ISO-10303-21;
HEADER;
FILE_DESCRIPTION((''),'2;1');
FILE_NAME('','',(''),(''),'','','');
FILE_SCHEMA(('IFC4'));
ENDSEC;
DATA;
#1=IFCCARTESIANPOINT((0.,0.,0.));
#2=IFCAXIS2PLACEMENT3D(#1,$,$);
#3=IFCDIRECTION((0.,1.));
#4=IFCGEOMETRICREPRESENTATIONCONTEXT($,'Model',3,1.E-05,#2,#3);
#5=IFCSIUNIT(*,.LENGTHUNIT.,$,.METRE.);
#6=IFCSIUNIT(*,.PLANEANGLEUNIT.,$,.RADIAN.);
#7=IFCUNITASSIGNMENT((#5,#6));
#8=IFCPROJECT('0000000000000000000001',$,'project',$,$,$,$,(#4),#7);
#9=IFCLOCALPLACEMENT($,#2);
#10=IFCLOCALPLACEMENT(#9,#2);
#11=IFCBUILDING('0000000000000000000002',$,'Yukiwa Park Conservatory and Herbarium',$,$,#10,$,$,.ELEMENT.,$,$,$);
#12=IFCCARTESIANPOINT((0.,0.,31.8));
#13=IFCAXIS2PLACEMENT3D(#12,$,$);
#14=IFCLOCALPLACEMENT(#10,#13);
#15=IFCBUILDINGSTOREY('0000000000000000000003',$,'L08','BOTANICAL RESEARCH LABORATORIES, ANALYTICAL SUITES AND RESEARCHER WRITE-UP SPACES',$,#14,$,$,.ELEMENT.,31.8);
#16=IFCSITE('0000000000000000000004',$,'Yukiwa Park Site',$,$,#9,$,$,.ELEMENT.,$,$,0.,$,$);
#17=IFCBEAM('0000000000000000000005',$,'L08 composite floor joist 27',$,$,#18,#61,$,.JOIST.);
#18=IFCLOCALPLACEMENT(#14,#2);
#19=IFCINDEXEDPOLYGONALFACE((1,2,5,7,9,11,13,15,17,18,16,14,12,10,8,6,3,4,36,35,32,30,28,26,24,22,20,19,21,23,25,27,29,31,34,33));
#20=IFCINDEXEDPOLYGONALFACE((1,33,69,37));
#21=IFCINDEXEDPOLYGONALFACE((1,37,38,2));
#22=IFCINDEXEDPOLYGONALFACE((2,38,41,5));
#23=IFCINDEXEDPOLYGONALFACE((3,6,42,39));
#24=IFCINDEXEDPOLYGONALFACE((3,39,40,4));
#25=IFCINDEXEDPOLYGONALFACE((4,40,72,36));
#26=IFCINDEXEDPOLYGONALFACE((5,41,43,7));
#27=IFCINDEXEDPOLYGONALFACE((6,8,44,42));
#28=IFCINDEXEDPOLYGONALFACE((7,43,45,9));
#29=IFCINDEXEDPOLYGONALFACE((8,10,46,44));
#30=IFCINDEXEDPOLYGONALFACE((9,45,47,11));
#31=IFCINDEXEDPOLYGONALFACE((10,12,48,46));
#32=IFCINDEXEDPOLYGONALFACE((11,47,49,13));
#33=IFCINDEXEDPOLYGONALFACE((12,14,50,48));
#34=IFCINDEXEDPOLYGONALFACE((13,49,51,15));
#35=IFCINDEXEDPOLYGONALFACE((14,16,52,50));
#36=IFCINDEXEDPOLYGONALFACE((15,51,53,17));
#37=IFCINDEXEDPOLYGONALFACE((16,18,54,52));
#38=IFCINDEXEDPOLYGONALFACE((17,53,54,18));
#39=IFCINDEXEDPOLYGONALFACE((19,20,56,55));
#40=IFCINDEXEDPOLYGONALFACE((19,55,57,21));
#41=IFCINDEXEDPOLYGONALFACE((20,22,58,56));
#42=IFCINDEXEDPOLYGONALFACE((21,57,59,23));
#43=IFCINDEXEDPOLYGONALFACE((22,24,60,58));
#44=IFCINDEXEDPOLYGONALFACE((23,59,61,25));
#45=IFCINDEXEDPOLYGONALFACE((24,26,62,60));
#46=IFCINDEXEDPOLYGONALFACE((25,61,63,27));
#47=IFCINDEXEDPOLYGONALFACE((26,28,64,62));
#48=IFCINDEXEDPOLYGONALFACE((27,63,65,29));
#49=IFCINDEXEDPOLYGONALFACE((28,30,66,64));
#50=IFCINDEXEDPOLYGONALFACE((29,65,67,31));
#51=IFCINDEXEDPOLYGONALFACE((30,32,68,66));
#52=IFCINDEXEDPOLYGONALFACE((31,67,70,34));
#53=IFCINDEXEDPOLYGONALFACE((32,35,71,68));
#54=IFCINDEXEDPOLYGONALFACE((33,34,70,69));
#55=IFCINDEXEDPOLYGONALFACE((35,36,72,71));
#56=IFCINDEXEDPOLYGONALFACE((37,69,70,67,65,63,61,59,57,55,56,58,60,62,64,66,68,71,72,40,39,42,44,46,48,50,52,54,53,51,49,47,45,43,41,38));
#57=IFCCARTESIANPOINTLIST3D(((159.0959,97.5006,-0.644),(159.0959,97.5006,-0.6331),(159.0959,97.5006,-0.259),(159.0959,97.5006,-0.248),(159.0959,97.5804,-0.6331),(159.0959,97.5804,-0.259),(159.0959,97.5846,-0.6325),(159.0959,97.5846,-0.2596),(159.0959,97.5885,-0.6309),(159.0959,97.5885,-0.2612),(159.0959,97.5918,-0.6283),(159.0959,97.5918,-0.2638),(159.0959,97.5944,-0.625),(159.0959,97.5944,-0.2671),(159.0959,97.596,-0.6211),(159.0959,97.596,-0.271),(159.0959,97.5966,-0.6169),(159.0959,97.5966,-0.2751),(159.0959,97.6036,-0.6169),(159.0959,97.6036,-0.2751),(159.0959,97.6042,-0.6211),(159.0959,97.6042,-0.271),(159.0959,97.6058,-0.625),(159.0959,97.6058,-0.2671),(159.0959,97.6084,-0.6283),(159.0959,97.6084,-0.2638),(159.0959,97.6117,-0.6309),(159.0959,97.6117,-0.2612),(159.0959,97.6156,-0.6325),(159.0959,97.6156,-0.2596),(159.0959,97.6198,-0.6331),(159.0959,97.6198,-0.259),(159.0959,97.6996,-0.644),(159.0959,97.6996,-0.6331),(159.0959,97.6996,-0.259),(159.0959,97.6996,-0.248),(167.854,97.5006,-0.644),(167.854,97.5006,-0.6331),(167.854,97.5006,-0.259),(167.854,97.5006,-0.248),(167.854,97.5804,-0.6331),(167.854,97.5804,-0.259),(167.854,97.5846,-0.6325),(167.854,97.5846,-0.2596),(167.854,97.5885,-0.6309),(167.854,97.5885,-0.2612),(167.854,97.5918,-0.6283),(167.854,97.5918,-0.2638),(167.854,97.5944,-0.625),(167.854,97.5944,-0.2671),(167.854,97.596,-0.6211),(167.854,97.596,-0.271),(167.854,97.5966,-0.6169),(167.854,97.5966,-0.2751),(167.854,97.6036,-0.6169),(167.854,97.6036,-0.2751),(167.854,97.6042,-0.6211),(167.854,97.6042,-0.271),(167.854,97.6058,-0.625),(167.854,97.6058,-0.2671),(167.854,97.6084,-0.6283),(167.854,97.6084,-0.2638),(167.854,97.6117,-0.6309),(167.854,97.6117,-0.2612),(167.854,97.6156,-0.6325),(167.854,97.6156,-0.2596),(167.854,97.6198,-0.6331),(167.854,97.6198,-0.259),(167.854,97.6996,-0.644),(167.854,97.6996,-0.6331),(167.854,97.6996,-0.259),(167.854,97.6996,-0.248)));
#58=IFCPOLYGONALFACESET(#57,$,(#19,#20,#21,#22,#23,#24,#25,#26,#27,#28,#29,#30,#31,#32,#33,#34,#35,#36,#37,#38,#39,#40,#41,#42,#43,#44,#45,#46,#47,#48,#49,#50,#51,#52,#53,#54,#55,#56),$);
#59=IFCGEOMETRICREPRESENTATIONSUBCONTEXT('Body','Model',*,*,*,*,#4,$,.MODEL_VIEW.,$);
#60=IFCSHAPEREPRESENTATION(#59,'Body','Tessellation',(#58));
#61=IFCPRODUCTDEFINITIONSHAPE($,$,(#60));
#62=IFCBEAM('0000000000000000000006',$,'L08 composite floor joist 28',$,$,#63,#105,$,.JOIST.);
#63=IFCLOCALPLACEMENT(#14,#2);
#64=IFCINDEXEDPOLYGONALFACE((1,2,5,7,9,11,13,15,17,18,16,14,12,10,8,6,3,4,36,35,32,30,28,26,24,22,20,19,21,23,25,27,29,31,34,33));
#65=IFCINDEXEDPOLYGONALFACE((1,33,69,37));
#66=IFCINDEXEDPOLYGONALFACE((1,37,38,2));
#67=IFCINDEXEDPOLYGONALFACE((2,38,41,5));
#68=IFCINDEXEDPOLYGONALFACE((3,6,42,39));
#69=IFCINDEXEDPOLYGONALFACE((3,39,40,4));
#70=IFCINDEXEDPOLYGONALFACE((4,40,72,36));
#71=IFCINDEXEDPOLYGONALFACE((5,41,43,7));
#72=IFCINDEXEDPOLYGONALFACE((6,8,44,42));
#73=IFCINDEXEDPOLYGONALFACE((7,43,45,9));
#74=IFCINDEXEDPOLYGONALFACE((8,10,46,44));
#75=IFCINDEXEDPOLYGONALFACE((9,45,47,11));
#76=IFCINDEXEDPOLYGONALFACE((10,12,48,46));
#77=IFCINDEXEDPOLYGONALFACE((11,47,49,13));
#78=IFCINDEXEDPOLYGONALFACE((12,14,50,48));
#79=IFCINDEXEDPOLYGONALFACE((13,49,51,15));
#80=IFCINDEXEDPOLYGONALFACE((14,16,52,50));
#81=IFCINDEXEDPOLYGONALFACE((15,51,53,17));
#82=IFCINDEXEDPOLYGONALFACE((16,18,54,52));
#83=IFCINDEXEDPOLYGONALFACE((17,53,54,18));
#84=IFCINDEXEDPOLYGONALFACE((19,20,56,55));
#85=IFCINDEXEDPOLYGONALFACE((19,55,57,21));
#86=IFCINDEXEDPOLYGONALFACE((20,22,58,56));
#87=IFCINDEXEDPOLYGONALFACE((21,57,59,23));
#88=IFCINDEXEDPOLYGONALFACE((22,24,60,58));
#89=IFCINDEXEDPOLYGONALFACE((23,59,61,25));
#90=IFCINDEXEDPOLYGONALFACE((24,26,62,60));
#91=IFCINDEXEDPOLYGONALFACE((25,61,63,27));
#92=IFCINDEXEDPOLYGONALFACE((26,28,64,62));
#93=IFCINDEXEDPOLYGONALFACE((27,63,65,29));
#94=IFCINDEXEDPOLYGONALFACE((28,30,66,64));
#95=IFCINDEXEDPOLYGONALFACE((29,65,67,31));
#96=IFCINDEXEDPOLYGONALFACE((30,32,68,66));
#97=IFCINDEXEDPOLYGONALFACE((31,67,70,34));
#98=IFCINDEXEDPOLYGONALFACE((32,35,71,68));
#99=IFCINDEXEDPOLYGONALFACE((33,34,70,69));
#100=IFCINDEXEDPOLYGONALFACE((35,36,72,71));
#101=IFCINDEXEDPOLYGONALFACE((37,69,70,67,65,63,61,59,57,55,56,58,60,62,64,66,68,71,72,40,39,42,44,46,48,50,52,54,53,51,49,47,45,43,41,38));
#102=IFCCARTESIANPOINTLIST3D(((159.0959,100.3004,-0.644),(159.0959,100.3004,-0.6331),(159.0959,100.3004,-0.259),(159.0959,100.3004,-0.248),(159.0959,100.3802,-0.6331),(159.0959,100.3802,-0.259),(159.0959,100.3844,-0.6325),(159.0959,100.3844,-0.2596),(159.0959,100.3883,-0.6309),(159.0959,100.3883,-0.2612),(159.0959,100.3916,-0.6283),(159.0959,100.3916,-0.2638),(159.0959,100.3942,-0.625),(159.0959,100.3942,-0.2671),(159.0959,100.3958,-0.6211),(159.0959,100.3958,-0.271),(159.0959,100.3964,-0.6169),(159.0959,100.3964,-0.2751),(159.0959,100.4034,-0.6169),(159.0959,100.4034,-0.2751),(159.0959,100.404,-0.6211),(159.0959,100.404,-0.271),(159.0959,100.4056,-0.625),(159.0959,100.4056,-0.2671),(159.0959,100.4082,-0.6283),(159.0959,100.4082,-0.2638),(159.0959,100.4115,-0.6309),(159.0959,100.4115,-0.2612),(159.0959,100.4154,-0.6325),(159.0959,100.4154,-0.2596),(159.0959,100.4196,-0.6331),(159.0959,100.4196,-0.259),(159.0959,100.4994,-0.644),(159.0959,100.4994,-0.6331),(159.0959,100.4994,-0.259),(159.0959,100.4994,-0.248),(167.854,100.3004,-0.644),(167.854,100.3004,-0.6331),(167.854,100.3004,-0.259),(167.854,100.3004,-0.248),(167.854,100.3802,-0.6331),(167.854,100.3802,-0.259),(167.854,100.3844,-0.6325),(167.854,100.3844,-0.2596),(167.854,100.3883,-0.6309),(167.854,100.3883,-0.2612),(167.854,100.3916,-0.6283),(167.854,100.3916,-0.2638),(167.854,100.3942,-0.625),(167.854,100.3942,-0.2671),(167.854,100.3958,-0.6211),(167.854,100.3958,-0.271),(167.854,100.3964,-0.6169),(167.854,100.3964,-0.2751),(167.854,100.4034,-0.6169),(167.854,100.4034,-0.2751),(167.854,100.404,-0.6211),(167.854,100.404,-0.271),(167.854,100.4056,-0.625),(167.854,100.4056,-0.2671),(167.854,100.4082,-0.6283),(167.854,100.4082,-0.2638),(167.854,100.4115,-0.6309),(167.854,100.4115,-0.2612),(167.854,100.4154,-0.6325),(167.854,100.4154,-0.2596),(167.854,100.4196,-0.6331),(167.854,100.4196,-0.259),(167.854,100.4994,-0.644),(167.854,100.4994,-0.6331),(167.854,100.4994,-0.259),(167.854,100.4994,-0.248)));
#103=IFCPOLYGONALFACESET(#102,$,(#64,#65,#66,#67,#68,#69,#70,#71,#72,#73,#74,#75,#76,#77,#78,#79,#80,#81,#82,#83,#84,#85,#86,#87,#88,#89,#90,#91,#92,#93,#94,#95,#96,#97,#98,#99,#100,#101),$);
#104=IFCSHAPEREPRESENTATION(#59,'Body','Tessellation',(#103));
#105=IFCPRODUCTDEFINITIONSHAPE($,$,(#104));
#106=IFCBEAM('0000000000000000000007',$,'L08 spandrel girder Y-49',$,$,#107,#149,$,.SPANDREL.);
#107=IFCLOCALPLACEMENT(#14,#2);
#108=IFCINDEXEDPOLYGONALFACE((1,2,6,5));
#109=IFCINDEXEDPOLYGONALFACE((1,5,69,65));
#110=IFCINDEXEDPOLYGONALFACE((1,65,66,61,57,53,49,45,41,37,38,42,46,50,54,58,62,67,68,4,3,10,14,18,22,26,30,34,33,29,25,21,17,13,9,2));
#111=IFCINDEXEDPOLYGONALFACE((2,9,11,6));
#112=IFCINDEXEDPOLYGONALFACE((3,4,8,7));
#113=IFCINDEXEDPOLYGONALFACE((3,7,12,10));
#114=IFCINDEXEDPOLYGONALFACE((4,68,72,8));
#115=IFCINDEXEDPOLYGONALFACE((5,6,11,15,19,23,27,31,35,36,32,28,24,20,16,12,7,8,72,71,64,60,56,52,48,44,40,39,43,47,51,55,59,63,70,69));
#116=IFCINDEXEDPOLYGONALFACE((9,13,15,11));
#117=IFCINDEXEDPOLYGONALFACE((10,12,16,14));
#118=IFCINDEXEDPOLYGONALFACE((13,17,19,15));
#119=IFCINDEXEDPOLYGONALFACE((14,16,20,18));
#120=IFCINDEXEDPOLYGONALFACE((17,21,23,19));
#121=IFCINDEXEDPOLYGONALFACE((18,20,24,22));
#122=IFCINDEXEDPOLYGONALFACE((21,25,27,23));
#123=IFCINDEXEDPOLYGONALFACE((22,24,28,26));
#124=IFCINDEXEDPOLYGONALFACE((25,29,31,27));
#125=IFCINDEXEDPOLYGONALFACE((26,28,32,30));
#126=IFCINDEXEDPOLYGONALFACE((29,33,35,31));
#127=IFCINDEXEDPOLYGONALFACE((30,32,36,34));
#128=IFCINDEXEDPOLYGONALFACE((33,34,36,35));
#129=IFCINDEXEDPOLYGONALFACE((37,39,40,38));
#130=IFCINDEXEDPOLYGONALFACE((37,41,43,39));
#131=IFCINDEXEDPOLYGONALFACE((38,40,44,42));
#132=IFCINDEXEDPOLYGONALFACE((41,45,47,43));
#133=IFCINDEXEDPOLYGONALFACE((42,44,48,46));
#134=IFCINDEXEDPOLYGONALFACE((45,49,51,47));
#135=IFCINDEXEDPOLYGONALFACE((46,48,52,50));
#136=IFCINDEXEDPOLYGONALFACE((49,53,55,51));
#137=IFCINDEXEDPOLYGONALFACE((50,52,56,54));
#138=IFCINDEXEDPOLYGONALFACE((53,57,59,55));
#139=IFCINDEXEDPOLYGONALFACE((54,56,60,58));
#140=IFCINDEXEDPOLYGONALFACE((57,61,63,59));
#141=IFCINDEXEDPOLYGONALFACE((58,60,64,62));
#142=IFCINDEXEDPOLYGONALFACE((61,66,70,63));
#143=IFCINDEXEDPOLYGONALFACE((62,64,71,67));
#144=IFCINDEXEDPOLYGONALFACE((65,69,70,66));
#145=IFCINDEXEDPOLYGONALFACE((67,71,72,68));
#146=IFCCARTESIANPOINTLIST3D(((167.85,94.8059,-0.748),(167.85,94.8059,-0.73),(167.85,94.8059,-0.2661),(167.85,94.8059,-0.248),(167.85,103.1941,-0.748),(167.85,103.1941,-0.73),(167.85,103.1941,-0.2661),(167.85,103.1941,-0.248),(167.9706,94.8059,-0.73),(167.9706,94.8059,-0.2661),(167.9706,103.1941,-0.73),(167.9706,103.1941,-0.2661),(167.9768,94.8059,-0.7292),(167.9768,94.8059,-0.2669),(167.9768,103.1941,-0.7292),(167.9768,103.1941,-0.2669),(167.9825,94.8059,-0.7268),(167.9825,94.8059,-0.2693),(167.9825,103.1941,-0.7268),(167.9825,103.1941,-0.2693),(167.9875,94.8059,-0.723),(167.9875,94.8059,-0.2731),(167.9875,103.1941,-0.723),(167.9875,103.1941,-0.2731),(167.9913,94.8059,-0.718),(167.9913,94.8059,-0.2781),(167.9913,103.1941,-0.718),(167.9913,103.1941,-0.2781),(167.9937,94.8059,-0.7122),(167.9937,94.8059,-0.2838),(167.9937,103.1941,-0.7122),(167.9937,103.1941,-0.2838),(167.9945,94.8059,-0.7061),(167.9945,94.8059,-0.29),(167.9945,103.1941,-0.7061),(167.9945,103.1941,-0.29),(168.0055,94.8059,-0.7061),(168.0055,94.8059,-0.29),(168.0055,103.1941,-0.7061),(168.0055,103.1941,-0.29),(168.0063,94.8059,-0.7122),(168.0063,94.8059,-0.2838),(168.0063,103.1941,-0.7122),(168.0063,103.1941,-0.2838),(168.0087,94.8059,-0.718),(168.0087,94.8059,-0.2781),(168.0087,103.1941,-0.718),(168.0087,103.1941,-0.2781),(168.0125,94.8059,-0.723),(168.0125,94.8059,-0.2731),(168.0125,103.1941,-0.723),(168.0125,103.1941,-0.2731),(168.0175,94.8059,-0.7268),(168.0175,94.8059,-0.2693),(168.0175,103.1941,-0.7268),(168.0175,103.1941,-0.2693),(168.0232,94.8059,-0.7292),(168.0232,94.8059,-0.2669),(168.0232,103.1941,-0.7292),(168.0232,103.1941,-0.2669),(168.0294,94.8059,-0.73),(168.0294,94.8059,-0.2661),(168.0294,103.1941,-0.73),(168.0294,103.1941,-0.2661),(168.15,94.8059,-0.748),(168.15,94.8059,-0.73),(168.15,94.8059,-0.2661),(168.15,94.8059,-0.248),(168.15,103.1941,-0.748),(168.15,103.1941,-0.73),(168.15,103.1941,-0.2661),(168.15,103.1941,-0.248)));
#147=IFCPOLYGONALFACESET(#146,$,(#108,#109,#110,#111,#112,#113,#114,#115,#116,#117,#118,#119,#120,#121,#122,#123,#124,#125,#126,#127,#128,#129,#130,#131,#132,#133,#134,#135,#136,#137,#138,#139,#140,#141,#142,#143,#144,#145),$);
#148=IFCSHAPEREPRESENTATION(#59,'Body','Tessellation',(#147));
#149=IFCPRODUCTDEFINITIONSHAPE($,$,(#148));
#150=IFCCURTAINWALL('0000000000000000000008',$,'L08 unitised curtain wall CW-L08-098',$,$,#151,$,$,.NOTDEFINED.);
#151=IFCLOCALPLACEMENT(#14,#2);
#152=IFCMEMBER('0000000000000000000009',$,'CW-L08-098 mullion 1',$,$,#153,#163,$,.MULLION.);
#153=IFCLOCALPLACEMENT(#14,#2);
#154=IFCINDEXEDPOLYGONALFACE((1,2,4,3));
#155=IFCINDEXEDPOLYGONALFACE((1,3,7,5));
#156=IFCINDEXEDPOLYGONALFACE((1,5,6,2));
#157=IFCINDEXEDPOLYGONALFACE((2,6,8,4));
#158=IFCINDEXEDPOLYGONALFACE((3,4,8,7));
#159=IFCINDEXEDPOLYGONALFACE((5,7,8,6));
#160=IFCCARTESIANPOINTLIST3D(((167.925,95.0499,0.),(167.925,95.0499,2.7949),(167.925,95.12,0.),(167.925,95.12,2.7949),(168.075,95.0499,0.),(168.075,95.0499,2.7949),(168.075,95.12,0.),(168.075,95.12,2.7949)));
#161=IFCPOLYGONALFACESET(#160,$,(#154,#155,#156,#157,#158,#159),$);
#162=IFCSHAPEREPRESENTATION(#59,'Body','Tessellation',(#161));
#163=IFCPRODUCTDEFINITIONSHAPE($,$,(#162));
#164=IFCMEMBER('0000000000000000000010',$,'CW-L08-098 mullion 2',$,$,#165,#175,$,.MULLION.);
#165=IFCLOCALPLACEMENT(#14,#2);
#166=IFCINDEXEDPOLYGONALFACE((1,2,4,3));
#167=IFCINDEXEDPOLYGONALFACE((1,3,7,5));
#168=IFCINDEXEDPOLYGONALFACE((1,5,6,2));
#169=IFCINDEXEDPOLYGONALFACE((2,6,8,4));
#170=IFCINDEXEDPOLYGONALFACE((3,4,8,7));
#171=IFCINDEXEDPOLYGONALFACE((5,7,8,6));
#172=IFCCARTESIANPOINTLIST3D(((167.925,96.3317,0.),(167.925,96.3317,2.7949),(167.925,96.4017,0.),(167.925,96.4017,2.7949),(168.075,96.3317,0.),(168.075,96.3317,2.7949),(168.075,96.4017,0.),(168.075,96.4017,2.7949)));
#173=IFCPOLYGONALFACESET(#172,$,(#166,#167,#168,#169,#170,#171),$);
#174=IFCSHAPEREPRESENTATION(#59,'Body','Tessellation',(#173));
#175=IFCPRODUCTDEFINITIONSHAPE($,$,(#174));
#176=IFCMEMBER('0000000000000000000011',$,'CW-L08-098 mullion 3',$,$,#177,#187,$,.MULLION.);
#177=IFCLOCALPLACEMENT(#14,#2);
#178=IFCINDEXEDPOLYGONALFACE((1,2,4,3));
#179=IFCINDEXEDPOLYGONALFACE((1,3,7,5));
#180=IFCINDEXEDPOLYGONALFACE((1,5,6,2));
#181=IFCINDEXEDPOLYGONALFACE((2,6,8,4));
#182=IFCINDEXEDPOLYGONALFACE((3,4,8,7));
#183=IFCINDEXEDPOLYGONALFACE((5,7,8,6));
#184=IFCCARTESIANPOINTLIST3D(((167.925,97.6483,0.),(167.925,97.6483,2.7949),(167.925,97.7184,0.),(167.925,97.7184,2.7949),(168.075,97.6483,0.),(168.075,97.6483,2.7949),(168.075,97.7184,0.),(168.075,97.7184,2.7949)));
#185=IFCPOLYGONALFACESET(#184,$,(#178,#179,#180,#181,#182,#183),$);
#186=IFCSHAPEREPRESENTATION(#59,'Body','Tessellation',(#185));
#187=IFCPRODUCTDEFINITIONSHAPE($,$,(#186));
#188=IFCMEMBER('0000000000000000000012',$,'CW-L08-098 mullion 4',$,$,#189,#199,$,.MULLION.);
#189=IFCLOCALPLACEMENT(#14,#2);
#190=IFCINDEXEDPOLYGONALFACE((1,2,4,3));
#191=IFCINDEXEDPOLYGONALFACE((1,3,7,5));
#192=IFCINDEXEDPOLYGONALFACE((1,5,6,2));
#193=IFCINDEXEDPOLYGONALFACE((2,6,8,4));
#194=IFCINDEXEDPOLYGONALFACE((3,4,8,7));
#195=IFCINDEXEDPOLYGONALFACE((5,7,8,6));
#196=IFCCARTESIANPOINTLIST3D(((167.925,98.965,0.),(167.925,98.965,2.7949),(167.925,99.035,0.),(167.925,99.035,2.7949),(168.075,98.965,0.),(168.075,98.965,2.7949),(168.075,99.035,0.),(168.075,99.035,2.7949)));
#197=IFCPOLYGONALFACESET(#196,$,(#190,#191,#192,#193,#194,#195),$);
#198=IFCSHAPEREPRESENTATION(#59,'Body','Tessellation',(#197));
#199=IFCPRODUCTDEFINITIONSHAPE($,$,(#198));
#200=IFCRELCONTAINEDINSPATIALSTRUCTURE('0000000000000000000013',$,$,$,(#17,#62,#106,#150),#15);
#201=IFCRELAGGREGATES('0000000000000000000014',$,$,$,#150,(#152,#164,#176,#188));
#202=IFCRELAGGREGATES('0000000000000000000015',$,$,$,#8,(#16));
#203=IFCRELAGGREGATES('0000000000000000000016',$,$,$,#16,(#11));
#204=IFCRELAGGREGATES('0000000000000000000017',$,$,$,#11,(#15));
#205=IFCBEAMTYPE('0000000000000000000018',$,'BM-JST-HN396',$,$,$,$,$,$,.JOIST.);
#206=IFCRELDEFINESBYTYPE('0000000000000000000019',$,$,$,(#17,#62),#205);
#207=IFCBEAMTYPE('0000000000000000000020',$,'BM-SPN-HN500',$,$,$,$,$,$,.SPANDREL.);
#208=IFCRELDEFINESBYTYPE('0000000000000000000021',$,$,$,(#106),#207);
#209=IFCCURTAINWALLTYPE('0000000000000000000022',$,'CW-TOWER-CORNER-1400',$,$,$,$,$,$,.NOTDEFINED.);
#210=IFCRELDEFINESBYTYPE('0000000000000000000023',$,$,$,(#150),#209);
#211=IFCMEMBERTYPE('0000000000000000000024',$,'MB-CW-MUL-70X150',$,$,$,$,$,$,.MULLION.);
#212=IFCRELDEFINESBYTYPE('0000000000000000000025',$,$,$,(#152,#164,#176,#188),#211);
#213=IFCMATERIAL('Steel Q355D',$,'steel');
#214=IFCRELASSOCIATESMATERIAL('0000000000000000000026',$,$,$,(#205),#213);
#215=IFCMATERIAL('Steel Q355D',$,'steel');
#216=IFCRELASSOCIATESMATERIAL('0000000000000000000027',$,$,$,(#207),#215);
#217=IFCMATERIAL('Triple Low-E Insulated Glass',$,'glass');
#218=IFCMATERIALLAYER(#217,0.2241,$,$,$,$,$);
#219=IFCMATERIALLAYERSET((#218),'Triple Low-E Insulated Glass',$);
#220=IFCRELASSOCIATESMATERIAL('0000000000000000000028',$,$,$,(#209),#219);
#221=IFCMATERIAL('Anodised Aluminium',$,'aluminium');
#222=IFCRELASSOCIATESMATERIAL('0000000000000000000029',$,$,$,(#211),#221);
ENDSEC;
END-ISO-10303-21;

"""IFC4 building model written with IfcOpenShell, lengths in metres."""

from ifc_helpers import new_model, si_unit, direction, frame, origin, origin_2d, place, context, subcontext, project, spatial, rectangle, i_section, extrude, material, layer, layer_set, material_profile, profile_set, type_object, element, aggregate, save


model = new_model("IFC4")

# Units and contexts
model_context = context("Model", 3, precision=1e-05, world=origin(), true_north=direction((0.0, 1.0)))
body_context = subcontext(model_context, "Body", "Model", "MODEL_VIEW")
ifc_project = project(units=[si_unit("LENGTHUNIT", "METRE"), si_unit("PLANEANGLEUNIT", "RADIAN")], contexts=[model_context])

# Site, building, storey
site_placement = place(None, origin())
site = spatial("IfcSite", under=ifc_project, at=site_placement, Name="Yukiwa Park Site", CompositionType="ELEMENT", RefElevation=0.0)
building_placement = place(site_placement, origin())
building = spatial("IfcBuilding", under=site, at=building_placement, Name="Yukiwa Park Conservatory and Herbarium", CompositionType="ELEMENT")
storey_placement = place(building_placement, frame((0.0, 0.0, 31.8)))
storey = spatial("IfcBuildingStorey", under=building, at=storey_placement, Name="L08", Description="BOTANICAL RESEARCH LABORATORIES, ANALYTICAL SUITES AND RESEARCHER WRITE-UP SPACES", CompositionType="ELEMENT", Elevation=31.8)

# Beams
ifc_material_1 = material(Name="Steel Q355D", Category="steel")
ifc_material_profile_1 = material_profile(ifc_material_1, i_section(OverallWidth=0.199, OverallDepth=0.396, WebThickness=0.0071, FlangeThickness=0.011, FilletRadius=0.0161, at=origin_2d()), Name="HN 396x199x7x11")
ifc_profile_set_1 = profile_set([ifc_material_profile_1], Name="Steel Q355D")
beam_type_1 = type_object("IfcBeamType", Name="BM-JST-HN396", PredefinedType="JOIST", material=ifc_profile_set_1)
for number, where, z_axis, x_axis, name in (
    (1, (159.0959, 97.6001, -0.446), (1.0, 0.0, 0.0), (0.0, 1.0, 0.0), "L08 composite floor joist 27"),
    (2, (159.0959, 100.3999, -0.446), (1.0, 0.0, 0.0), (0.0, 1.0, 0.0), "L08 composite floor joist 28"),
):
    element("IfcBeam", number, at=place(storey_placement, frame(where, z_axis=z_axis, x_axis=x_axis)), inside=storey, type_object=beam_type_1, Name=name, PredefinedType="JOIST", context=body_context, shape_type="SweptSolid", body=[
        extrude(i_section(OverallWidth=0.199, OverallDepth=0.396, WebThickness=0.0071, FlangeThickness=0.011, FilletRadius=0.0161, at=origin_2d()), origin(), (0.0, 0.0, 1.0), 8.7581),
    ])
ifc_material_2 = material(Name="Steel Q355D", Category="steel")
ifc_material_profile_2 = material_profile(ifc_material_2, i_section(OverallWidth=0.3, OverallDepth=0.5, WebThickness=0.011, FlangeThickness=0.0181, FilletRadius=0.0239, at=origin_2d()), Name="HM 500x300x11x18")
ifc_profile_set_2 = profile_set([ifc_material_profile_2], Name="Steel Q355D")
beam_type_2 = type_object("IfcBeamType", Name="BM-SPN-HN500", PredefinedType="SPANDREL", material=ifc_profile_set_2)
beam_1_placement = place(storey_placement, frame((168.0, 94.8059, -0.498), z_axis=(0.0, 1.0, 0.0), x_axis=(-1.0, 0.0, 0.0)))
element("IfcBeam", 3, at=beam_1_placement, inside=storey, type_object=beam_type_2, Name="L08 spandrel girder Y-49", PredefinedType="SPANDREL", context=body_context, shape_type="SweptSolid", body=[
    extrude(i_section(OverallWidth=0.3, OverallDepth=0.5, WebThickness=0.011, FlangeThickness=0.0181, FilletRadius=0.0239, at=origin_2d()), origin(), (0.0, 0.0, 1.0), 8.3882),
])

# Curtain wall, members
ifc_material_3 = material(Name="Triple Low-E Insulated Glass", Category="glass")
ifc_layer_1 = layer(ifc_material_3, 0.2241)
ifc_layer_set_1 = layer_set([ifc_layer_1], Name="Triple Low-E Insulated Glass")
curtain_wall_type = type_object("IfcCurtainWallType", Name="CW-TOWER-CORNER-1400", PredefinedType="NOTDEFINED", material=ifc_layer_set_1)
curtain_wall_placement = place(storey_placement, origin())
curtain_wall = element("IfcCurtainWall", 4, at=curtain_wall_placement, inside=storey, type_object=curtain_wall_type, Name="L08 unitised curtain wall CW-L08-098", PredefinedType="NOTDEFINED")
ifc_material_4 = material(Name="Anodised Aluminium", Category="aluminium")
member_type_1 = type_object("IfcMemberType", Name="MB-CW-MUL-70X150", PredefinedType="MULLION", material=ifc_material_4)
member_1_placement = place(storey_placement, frame((168.0, 95.085, 0.0), z_axis=(0.0, 0.0, 1.0), x_axis=(0.0, 1.0, 0.0)))
member_1 = element("IfcMember", 5, at=member_1_placement, type_object=member_type_1, Name="CW-L08-098 mullion 1", PredefinedType="MULLION", context=body_context, shape_type="SweptSolid", body=[
    extrude(rectangle(XDim=0.0701, YDim=0.1499, at=origin_2d()), origin(), (0.0, 0.0, 1.0), 2.7949),
])
member_2_placement = place(storey_placement, frame((168.0, 96.3667, 0.0), z_axis=(0.0, 0.0, 1.0), x_axis=(0.0, 1.0, 0.0)))
member_2 = element("IfcMember", 6, at=member_2_placement, type_object=member_type_1, Name="CW-L08-098 mullion 2", PredefinedType="MULLION", context=body_context, shape_type="SweptSolid", body=[
    extrude(rectangle(XDim=0.0701, YDim=0.1499, at=origin_2d()), origin(), (0.0, 0.0, 1.0), 2.7949),
])
member_3_placement = place(storey_placement, frame((168.0, 97.6833, 0.0), z_axis=(0.0, 0.0, 1.0), x_axis=(0.0, 1.0, 0.0)))
member_3 = element("IfcMember", 7, at=member_3_placement, type_object=member_type_1, Name="CW-L08-098 mullion 3", PredefinedType="MULLION", context=body_context, shape_type="SweptSolid", body=[
    extrude(rectangle(XDim=0.0701, YDim=0.1499, at=origin_2d()), origin(), (0.0, 0.0, 1.0), 2.7949),
])
member_4_placement = place(storey_placement, frame((168.0, 99.0, 0.0), z_axis=(0.0, 0.0, 1.0), x_axis=(0.0, 1.0, 0.0)))
member_4 = element("IfcMember", 8, at=member_4_placement, type_object=member_type_1, Name="CW-L08-098 mullion 4", PredefinedType="MULLION", context=body_context, shape_type="SweptSolid", body=[
    extrude(rectangle(XDim=0.0701, YDim=0.1499, at=origin_2d()), origin(), (0.0, 0.0, 1.0), 2.7949),
])
aggregate(curtain_wall, [member_1, member_2, member_3, member_4])

save(model, "model.ifc")
